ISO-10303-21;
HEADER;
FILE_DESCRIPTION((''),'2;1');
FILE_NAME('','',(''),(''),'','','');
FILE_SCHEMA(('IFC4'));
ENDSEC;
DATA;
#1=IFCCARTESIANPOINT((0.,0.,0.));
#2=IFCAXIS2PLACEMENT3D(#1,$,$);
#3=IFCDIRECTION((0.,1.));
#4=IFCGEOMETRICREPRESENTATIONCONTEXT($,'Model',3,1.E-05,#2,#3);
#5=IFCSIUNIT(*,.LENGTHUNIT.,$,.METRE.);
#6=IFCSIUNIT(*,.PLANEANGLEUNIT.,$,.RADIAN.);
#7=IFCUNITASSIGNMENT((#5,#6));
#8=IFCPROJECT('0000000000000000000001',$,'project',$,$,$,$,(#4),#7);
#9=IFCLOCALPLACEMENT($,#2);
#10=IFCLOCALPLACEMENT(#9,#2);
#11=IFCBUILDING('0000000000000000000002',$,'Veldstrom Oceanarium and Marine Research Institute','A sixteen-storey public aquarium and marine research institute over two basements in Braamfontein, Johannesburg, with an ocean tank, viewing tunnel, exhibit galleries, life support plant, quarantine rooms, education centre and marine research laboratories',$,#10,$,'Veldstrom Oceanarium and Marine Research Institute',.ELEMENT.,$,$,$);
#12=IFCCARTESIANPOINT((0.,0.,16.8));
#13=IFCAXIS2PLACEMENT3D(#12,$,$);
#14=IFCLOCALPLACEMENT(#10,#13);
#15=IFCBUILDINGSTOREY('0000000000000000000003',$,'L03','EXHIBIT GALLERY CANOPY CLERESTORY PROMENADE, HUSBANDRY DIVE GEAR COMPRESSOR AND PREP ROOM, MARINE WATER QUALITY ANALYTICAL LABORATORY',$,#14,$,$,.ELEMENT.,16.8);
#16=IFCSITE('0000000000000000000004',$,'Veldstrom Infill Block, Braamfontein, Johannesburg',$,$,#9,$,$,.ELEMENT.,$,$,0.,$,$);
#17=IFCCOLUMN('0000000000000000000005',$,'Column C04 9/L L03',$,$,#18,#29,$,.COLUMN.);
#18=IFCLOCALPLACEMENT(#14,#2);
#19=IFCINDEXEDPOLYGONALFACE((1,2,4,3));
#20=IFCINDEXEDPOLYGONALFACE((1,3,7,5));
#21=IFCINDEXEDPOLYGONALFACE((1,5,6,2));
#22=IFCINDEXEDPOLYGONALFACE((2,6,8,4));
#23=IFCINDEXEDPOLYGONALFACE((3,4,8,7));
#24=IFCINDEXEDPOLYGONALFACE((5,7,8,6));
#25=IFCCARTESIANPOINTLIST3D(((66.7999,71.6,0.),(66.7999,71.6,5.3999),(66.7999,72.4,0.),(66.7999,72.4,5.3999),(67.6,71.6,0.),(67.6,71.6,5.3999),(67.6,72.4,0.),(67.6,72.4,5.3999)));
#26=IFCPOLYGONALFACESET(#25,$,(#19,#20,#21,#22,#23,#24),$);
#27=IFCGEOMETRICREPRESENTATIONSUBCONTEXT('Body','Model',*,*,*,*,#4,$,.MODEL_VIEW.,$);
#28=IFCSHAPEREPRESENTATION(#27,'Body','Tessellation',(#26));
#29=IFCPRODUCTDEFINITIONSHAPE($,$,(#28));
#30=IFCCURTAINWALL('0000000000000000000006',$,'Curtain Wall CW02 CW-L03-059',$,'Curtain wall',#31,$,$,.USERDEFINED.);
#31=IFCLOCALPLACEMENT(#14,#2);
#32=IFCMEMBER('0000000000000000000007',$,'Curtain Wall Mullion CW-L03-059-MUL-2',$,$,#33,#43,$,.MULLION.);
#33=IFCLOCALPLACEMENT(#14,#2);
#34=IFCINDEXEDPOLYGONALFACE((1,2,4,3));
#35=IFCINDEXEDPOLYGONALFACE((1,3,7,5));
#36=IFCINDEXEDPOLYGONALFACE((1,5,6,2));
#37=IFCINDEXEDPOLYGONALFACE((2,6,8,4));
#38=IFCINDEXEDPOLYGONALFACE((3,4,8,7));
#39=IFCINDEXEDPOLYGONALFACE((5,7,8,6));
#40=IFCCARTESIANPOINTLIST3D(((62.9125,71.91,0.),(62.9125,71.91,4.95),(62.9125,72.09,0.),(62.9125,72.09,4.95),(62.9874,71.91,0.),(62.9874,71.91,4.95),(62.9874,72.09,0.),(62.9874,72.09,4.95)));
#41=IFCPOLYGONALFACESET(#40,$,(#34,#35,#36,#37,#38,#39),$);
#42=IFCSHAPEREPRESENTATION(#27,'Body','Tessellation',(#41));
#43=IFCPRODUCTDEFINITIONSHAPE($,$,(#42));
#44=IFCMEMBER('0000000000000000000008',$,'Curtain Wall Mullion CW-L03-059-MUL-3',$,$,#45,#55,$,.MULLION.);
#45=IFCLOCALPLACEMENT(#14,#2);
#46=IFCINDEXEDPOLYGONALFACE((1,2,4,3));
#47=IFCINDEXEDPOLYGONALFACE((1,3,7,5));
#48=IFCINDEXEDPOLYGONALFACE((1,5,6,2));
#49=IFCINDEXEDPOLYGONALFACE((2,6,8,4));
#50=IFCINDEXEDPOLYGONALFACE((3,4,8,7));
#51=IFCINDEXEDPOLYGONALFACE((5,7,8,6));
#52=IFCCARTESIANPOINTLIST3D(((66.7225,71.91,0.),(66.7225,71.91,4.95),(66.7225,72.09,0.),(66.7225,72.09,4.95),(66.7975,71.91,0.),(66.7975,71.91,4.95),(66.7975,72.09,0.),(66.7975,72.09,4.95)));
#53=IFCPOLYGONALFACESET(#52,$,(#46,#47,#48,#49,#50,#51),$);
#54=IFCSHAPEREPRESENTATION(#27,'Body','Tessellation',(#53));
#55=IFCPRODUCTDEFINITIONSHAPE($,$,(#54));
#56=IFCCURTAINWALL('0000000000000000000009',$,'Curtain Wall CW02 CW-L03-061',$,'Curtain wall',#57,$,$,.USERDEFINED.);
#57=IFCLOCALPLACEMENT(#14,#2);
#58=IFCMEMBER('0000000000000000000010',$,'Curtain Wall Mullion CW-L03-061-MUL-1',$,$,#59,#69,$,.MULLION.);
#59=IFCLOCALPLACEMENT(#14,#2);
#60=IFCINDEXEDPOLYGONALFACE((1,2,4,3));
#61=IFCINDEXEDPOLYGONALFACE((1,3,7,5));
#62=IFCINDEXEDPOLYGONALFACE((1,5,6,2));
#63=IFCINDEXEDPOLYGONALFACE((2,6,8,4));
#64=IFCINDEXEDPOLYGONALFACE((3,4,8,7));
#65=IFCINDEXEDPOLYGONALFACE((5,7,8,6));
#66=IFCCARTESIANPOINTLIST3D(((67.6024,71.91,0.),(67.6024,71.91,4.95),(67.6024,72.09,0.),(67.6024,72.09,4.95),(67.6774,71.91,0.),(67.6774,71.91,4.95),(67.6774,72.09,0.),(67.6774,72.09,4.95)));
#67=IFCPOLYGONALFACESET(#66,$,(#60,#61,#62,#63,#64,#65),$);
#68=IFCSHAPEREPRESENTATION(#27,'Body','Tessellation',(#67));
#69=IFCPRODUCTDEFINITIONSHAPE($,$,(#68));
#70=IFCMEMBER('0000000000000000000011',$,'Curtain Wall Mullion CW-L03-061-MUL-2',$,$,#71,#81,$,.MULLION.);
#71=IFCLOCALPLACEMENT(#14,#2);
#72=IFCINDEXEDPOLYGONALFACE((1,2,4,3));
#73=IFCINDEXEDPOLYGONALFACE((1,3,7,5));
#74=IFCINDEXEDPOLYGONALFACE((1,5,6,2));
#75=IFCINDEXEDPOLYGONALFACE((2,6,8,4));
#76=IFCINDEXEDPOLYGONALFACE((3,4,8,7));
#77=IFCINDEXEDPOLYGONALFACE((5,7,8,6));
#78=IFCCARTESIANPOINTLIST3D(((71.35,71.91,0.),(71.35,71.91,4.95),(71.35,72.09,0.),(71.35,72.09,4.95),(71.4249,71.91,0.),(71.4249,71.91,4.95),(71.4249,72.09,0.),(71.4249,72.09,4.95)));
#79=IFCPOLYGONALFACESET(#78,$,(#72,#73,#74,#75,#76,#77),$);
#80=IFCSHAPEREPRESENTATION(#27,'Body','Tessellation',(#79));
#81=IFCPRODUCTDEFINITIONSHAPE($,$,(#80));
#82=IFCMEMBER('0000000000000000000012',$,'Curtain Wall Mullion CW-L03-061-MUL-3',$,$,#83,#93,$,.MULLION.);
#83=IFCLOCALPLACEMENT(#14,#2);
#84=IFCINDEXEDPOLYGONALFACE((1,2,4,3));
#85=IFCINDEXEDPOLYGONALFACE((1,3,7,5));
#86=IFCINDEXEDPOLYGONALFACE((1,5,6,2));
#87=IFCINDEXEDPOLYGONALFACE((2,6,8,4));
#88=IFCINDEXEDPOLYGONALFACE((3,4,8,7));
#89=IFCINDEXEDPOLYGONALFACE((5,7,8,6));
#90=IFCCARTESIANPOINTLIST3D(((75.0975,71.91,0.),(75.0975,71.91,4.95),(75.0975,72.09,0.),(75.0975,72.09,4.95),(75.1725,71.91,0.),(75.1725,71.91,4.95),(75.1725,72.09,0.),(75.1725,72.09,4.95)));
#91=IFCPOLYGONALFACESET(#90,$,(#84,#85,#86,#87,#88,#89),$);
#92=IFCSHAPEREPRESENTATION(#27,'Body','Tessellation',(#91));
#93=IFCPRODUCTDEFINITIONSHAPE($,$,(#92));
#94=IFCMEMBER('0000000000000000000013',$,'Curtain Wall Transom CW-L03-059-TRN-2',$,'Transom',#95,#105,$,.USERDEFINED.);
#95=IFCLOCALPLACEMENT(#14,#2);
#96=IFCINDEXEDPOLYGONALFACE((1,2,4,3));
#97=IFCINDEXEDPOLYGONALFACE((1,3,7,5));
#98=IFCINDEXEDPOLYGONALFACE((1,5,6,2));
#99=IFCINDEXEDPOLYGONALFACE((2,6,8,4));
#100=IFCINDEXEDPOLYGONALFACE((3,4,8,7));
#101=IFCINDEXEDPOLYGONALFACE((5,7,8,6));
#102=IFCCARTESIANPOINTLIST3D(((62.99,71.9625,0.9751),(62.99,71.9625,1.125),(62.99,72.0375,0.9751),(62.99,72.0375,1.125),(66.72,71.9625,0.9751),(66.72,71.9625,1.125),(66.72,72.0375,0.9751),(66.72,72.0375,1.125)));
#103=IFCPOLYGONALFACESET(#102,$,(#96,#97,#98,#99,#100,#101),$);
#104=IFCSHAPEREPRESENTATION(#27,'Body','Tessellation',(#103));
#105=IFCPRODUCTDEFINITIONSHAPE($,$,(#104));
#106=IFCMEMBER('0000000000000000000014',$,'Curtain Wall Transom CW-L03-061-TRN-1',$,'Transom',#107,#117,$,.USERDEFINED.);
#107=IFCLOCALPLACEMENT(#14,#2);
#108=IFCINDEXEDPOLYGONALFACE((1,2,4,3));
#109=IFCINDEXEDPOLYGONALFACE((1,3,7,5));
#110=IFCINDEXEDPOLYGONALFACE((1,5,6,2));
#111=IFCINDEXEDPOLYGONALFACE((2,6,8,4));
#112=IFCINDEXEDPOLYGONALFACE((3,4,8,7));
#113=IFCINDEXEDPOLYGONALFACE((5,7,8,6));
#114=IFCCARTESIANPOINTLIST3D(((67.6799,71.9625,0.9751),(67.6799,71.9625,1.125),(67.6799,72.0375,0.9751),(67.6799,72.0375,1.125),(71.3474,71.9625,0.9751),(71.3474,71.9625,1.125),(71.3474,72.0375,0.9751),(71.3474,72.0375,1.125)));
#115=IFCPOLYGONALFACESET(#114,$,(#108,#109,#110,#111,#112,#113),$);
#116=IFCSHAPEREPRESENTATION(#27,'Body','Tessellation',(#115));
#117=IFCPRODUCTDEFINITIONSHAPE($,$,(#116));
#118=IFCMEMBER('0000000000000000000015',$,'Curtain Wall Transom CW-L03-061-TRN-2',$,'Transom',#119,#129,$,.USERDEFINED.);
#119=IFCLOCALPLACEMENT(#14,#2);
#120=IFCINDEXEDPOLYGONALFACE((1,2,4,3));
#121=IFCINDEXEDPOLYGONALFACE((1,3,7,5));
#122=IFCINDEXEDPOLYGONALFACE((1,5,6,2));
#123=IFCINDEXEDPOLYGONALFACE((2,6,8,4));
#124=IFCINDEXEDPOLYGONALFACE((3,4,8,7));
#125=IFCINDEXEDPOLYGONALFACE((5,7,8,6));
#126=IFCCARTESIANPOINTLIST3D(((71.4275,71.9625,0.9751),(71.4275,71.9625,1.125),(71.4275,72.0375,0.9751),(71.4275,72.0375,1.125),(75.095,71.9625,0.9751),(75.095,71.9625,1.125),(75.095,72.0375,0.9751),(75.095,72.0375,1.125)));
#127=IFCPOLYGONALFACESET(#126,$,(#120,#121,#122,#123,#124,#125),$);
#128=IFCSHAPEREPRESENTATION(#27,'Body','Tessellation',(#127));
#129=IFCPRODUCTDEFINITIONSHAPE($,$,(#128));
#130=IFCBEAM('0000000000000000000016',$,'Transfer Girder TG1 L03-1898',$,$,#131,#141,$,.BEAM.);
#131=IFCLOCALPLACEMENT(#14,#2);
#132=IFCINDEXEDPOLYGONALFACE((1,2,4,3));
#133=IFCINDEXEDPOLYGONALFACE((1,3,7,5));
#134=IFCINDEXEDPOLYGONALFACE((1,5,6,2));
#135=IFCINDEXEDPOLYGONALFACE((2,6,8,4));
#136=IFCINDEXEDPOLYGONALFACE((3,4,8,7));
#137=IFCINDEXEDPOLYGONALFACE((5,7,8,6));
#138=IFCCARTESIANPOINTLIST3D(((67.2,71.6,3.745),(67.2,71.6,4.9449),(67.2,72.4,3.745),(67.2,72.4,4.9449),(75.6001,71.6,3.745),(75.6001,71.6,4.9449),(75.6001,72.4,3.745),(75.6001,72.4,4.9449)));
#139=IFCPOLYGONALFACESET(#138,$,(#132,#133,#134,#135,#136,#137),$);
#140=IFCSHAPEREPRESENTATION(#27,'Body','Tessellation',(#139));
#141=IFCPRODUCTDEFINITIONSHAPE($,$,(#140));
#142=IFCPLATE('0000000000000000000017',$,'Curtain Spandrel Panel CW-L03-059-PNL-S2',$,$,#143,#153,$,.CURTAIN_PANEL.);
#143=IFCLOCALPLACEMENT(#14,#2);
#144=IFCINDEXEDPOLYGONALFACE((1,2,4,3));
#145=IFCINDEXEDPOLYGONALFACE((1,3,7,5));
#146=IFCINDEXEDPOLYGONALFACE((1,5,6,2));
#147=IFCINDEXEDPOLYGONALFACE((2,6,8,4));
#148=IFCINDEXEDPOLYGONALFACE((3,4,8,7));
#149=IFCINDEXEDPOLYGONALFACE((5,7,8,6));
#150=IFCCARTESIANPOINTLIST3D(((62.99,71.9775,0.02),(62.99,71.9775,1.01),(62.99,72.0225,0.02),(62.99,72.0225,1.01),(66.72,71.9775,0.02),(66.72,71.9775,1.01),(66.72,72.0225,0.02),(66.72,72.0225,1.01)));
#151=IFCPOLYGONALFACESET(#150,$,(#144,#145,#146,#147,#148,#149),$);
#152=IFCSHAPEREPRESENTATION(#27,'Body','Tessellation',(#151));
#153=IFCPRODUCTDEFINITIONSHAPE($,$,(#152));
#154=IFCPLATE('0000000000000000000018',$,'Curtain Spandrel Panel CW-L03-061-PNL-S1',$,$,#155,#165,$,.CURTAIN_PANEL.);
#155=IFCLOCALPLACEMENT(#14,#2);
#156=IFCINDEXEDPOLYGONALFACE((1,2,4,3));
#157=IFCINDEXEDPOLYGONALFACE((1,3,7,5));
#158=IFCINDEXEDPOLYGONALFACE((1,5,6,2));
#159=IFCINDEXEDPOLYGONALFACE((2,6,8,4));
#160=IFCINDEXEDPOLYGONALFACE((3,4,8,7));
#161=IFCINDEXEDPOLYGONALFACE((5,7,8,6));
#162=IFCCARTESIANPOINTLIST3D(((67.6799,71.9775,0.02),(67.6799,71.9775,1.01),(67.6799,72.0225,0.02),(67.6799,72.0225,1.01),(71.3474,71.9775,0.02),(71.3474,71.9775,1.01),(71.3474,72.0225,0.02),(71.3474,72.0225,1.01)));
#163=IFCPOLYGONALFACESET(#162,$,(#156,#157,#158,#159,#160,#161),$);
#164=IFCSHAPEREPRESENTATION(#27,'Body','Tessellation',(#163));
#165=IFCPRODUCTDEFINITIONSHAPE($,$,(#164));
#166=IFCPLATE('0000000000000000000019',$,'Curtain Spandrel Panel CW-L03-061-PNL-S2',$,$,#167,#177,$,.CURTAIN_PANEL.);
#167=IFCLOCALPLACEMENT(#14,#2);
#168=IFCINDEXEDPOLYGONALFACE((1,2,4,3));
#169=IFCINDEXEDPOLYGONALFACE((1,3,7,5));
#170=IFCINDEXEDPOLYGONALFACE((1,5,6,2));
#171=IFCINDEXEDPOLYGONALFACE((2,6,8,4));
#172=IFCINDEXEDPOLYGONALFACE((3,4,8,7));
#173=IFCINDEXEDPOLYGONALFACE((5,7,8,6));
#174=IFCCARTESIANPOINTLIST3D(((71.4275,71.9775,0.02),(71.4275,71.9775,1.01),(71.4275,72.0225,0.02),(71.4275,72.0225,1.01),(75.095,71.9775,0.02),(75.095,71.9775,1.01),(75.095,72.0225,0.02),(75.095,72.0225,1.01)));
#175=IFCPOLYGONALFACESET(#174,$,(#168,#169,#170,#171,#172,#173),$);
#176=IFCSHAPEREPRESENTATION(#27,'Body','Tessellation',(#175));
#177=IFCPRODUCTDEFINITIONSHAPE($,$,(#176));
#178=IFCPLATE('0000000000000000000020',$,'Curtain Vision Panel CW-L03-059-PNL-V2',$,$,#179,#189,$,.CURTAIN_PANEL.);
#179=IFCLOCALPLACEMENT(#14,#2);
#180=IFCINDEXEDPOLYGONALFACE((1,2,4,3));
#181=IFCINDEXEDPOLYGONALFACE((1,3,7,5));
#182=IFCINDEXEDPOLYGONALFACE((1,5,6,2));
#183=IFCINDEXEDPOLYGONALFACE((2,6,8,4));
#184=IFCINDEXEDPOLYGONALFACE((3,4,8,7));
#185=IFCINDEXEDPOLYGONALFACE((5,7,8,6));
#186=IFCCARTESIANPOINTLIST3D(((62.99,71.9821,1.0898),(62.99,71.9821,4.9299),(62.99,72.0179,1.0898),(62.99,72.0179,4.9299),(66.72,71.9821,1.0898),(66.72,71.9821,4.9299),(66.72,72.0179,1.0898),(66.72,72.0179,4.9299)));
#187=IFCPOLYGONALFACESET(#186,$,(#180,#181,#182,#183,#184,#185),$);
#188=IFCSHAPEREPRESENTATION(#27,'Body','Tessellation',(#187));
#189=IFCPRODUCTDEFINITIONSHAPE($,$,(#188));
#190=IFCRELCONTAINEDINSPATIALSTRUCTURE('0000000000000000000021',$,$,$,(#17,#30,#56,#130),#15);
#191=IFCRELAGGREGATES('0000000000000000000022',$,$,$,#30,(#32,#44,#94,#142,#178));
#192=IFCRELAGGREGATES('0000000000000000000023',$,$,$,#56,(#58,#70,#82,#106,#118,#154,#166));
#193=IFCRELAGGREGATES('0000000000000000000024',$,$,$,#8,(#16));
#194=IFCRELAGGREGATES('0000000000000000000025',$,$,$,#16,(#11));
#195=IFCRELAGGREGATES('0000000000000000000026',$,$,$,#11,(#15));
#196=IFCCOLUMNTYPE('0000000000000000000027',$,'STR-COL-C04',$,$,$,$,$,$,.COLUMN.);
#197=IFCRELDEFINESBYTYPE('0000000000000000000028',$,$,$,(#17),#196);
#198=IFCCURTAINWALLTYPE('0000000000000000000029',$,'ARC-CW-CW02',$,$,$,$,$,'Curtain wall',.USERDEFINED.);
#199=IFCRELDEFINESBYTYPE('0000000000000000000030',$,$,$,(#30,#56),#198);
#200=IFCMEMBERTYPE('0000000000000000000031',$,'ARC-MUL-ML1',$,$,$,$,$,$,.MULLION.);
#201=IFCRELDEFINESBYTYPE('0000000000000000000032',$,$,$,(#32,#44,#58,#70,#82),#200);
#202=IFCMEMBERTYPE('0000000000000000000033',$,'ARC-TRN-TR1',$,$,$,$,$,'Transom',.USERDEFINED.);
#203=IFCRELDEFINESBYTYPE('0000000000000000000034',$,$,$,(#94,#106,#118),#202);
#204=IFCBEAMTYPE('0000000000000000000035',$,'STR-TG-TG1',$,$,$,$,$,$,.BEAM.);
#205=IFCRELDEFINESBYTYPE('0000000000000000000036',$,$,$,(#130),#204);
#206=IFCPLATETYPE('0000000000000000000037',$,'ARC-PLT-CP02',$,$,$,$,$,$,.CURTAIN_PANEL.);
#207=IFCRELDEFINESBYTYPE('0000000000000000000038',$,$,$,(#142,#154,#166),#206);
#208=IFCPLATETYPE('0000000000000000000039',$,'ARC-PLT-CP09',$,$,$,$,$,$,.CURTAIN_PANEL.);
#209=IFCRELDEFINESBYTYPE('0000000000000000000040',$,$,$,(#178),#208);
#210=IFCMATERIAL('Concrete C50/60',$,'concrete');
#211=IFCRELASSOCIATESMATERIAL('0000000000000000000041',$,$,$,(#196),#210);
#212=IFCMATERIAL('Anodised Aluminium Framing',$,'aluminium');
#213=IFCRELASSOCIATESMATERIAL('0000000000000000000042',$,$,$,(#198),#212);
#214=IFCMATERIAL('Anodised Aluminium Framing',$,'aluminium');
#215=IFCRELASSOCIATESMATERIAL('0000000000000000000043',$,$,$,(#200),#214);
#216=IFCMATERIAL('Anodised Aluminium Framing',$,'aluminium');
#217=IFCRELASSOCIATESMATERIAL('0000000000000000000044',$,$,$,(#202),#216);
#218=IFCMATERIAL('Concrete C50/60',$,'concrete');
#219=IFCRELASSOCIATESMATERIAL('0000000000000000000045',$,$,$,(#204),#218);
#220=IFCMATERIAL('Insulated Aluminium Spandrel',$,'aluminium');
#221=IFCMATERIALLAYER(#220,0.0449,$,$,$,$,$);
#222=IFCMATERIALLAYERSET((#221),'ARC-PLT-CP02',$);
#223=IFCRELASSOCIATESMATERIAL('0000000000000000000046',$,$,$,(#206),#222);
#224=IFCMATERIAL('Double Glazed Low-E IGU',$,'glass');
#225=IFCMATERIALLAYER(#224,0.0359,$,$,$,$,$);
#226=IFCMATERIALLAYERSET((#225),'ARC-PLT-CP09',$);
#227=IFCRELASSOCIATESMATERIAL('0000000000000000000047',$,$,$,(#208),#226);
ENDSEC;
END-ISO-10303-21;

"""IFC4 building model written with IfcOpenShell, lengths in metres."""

from ifc_helpers import new_model, si_unit, direction, frame, origin, origin_2d, place, context, subcontext, project, spatial, rectangle, extrude, material, layer, layer_set, material_profile, profile_set, type_object, element, aggregate, save


model = new_model("IFC4")

# Units and contexts
model_context = context("Model", 3, precision=1e-05, world=origin(), true_north=direction((0.0, 1.0)))
body_context = subcontext(model_context, "Body", "Model", "MODEL_VIEW")
ifc_project = project(units=[si_unit("LENGTHUNIT", "METRE"), si_unit("PLANEANGLEUNIT", "RADIAN")], contexts=[model_context])

# Site, building, storey
site_placement = place(None, origin())
site = spatial("IfcSite", under=ifc_project, at=site_placement, Name="Veldstrom Infill Block, Braamfontein, Johannesburg", CompositionType="ELEMENT", RefElevation=0.0)
building_placement = place(site_placement, origin())
building = spatial("IfcBuilding", under=site, at=building_placement, Name="Veldstrom Oceanarium and Marine Research Institute", Description="A sixteen-storey public aquarium and marine research institute over two basements in Braamfontein, Johannesburg, with an ocean tank, viewing tunnel, exhibit galleries, life support plant, quarantine rooms, education centre and marine research laboratories", LongName="Veldstrom Oceanarium and Marine Research Institute", CompositionType="ELEMENT")
storey_placement = place(building_placement, frame((0.0, 0.0, 16.8)))
storey = spatial("IfcBuildingStorey", under=building, at=storey_placement, Name="L03", Description="EXHIBIT GALLERY CANOPY CLERESTORY PROMENADE, HUSBANDRY DIVE GEAR COMPRESSOR AND PREP ROOM, MARINE WATER QUALITY ANALYTICAL LABORATORY", CompositionType="ELEMENT", Elevation=16.8)

# Column
ifc_material_1 = material(Name="Concrete C50/60", Category="concrete")
ifc_material_profile_1 = material_profile(ifc_material_1, rectangle(XDim=0.8, YDim=0.8, at=origin_2d()), Name="RC-COL-800x800")
ifc_profile_set_1 = profile_set([ifc_material_profile_1], Name="Concrete C50/60")
column_type = type_object("IfcColumnType", Name="STR-COL-C04", PredefinedType="COLUMN", material=ifc_profile_set_1)
column_placement = place(storey_placement, frame((67.2, 72.0, 0.0), z_axis=(0.0, 0.0, 1.0), x_axis=(1.0, 0.0, 0.0)))
element("IfcColumn", 1, at=column_placement, inside=storey, type_object=column_type, Name="Column C04 9/L L03", PredefinedType="COLUMN", context=body_context, shape_type="SweptSolid", body=[
    extrude(rectangle(XDim=0.8, YDim=0.8, at=origin_2d()), origin(), (0.0, 0.0, 1.0), 5.3999),
])

# Curtain walls, members
ifc_material_2 = material(Name="Anodised Aluminium Framing", Category="aluminium")
curtain_wall_type = type_object("IfcCurtainWallType", Name="ARC-CW-CW02", ElementType="Curtain wall", PredefinedType="USERDEFINED", material=ifc_material_2)
curtain_wall_1_placement = place(storey_placement, origin())
curtain_wall_1 = element("IfcCurtainWall", 2, at=curtain_wall_1_placement, inside=storey, type_object=curtain_wall_type, Name="Curtain Wall CW02 CW-L03-059", ObjectType="Curtain wall", PredefinedType="USERDEFINED")
ifc_material_3 = material(Name="Anodised Aluminium Framing", Category="aluminium")
ifc_material_profile_2 = material_profile(ifc_material_3, rectangle(XDim=0.075, YDim=0.1799, at=origin_2d()), Name="ALU-MUL-75x180")
ifc_profile_set_2 = profile_set([ifc_material_profile_2], Name="Anodised Aluminium Framing")
member_type_1 = type_object("IfcMemberType", Name="ARC-MUL-ML1", PredefinedType="MULLION", material=ifc_profile_set_2)
member_1_placement = place(storey_placement, frame((62.95, 72.0, 0.0), z_axis=(0.0, 0.0, 1.0), x_axis=(1.0, 0.0, 0.0)))
member_1 = element("IfcMember", 3, at=member_1_placement, type_object=member_type_1, Name="Curtain Wall Mullion CW-L03-059-MUL-2", PredefinedType="MULLION", context=body_context, shape_type="SweptSolid", body=[
    extrude(rectangle(XDim=0.075, YDim=0.1799, at=origin_2d()), origin(), (0.0, 0.0, 1.0), 4.95),
])
member_2_placement = place(storey_placement, frame((66.76, 72.0, 0.0), z_axis=(0.0, 0.0, 1.0), x_axis=(1.0, 0.0, 0.0)))
member_2 = element("IfcMember", 4, at=member_2_placement, type_object=member_type_1, Name="Curtain Wall Mullion CW-L03-059-MUL-3", PredefinedType="MULLION", context=body_context, shape_type="SweptSolid", body=[
    extrude(rectangle(XDim=0.075, YDim=0.1799, at=origin_2d()), origin(), (0.0, 0.0, 1.0), 4.95),
])
curtain_wall_2_placement = place(storey_placement, origin())
curtain_wall_2 = element("IfcCurtainWall", 5, at=curtain_wall_2_placement, inside=storey, type_object=curtain_wall_type, Name="Curtain Wall CW02 CW-L03-061", ObjectType="Curtain wall", PredefinedType="USERDEFINED")
member_3_placement = place(storey_placement, frame((67.6399, 72.0, 0.0), z_axis=(0.0, 0.0, 1.0), x_axis=(1.0, 0.0, 0.0)))
member_3 = element("IfcMember", 6, at=member_3_placement, type_object=member_type_1, Name="Curtain Wall Mullion CW-L03-061-MUL-1", PredefinedType="MULLION", context=body_context, shape_type="SweptSolid", body=[
    extrude(rectangle(XDim=0.075, YDim=0.1799, at=origin_2d()), origin(), (0.0, 0.0, 1.0), 4.95),
])
member_4_placement = place(storey_placement, frame((71.3875, 72.0, 0.0), z_axis=(0.0, 0.0, 1.0), x_axis=(1.0, 0.0, 0.0)))
member_4 = element("IfcMember", 7, at=member_4_placement, type_object=member_type_1, Name="Curtain Wall Mullion CW-L03-061-MUL-2", PredefinedType="MULLION", context=body_context, shape_type="SweptSolid", body=[
    extrude(rectangle(XDim=0.075, YDim=0.1799, at=origin_2d()), origin(), (0.0, 0.0, 1.0), 4.95),
])
member_5_placement = place(storey_placement, frame((75.135, 72.0, 0.0), z_axis=(0.0, 0.0, 1.0), x_axis=(1.0, 0.0, 0.0)))
member_5 = element("IfcMember", 8, at=member_5_placement, type_object=member_type_1, Name="Curtain Wall Mullion CW-L03-061-MUL-3", PredefinedType="MULLION", context=body_context, shape_type="SweptSolid", body=[
    extrude(rectangle(XDim=0.075, YDim=0.1799, at=origin_2d()), origin(), (0.0, 0.0, 1.0), 4.95),
])

# Members
ifc_material_4 = material(Name="Anodised Aluminium Framing", Category="aluminium")
ifc_material_profile_3 = material_profile(ifc_material_4, rectangle(XDim=0.075, YDim=0.1499, at=origin_2d()), Name="ALU-TRN-75x150")
ifc_profile_set_3 = profile_set([ifc_material_profile_3], Name="Anodised Aluminium Framing")
member_type_2 = type_object("IfcMemberType", Name="ARC-TRN-TR1", ElementType="Transom", PredefinedType="USERDEFINED", material=ifc_profile_set_3)
member_6_placement = place(storey_placement, frame((62.99, 72.0, 1.05), z_axis=(1.0, 0.0, 0.0), x_axis=(0.0, 1.0, 0.0)))
member_6 = element("IfcMember", 9, at=member_6_placement, type_object=member_type_2, Name="Curtain Wall Transom CW-L03-059-TRN-2", ObjectType="Transom", PredefinedType="USERDEFINED", context=body_context, shape_type="SweptSolid", body=[
    extrude(rectangle(XDim=0.075, YDim=0.1499, at=origin_2d()), origin(), (0.0, 0.0, 1.0), 3.73),
])
member_7_placement = place(storey_placement, frame((67.6799, 72.0, 1.05), z_axis=(1.0, 0.0, 0.0), x_axis=(0.0, 1.0, 0.0)))
member_7 = element("IfcMember", 10, at=member_7_placement, type_object=member_type_2, Name="Curtain Wall Transom CW-L03-061-TRN-1", ObjectType="Transom", PredefinedType="USERDEFINED", context=body_context, shape_type="SweptSolid", body=[
    extrude(rectangle(XDim=0.075, YDim=0.1499, at=origin_2d()), origin(), (0.0, 0.0, 1.0), 3.6675),
])
member_8_placement = place(storey_placement, frame((71.4275, 72.0, 1.05), z_axis=(1.0, 0.0, 0.0), x_axis=(0.0, 1.0, 0.0)))
member_8 = element("IfcMember", 11, at=member_8_placement, type_object=member_type_2, Name="Curtain Wall Transom CW-L03-061-TRN-2", ObjectType="Transom", PredefinedType="USERDEFINED", context=body_context, shape_type="SweptSolid", body=[
    extrude(rectangle(XDim=0.075, YDim=0.1499, at=origin_2d()), origin(), (0.0, 0.0, 1.0), 3.6675),
])

# Beam
ifc_material_5 = material(Name="Concrete C50/60", Category="concrete")
ifc_material_profile_4 = material_profile(ifc_material_5, rectangle(XDim=0.8, YDim=1.2, at=origin_2d()), Name="RC-TG-800x1200")
ifc_profile_set_4 = profile_set([ifc_material_profile_4], Name="Concrete C50/60")
beam_type = type_object("IfcBeamType", Name="STR-TG-TG1", PredefinedType="BEAM", material=ifc_profile_set_4)
beam_placement = place(storey_placement, frame((67.2, 72.0, 4.345), z_axis=(1.0, 0.0, 0.0), x_axis=(0.0, 1.0, 0.0)))
element("IfcBeam", 12, at=beam_placement, inside=storey, type_object=beam_type, Name="Transfer Girder TG1 L03-1898", PredefinedType="BEAM", context=body_context, shape_type="SweptSolid", body=[
    extrude(rectangle(XDim=0.8, YDim=1.2, at=origin_2d()), origin(), (0.0, 0.0, 1.0), 8.4001),
])

# Plates
ifc_material_6 = material(Name="Insulated Aluminium Spandrel", Category="aluminium")
ifc_layer_1 = layer(ifc_material_6, 0.0449)
ifc_layer_set_1 = layer_set([ifc_layer_1], Name="ARC-PLT-CP02")
plate_type_1 = type_object("IfcPlateType", Name="ARC-PLT-CP02", PredefinedType="CURTAIN_PANEL", material=ifc_layer_set_1)
plate_1_placement = place(storey_placement, frame((64.855, 72.0, 0.02), z_axis=(0.0, 0.0, 1.0), x_axis=(1.0, 0.0, 0.0)))
plate_1 = element("IfcPlate", 13, at=plate_1_placement, type_object=plate_type_1, Name="Curtain Spandrel Panel CW-L03-059-PNL-S2", PredefinedType="CURTAIN_PANEL", context=body_context, shape_type="SweptSolid", body=[
    extrude(rectangle(XDim=3.73, YDim=0.0449, at=origin_2d()), origin(), (0.0, 0.0, 1.0), 0.99),
])
plate_2_placement = place(storey_placement, frame((69.5137, 72.0, 0.02), z_axis=(0.0, 0.0, 1.0), x_axis=(1.0, 0.0, 0.0)))
plate_2 = element("IfcPlate", 14, at=plate_2_placement, type_object=plate_type_1, Name="Curtain Spandrel Panel CW-L03-061-PNL-S1", PredefinedType="CURTAIN_PANEL", context=body_context, shape_type="SweptSolid", body=[
    extrude(rectangle(XDim=3.6675, YDim=0.0449, at=origin_2d()), origin(), (0.0, 0.0, 1.0), 0.99),
])
plate_3_placement = place(storey_placement, frame((73.2612, 72.0, 0.02), z_axis=(0.0, 0.0, 1.0), x_axis=(1.0, 0.0, 0.0)))
plate_3 = element("IfcPlate", 15, at=plate_3_placement, type_object=plate_type_1, Name="Curtain Spandrel Panel CW-L03-061-PNL-S2", PredefinedType="CURTAIN_PANEL", context=body_context, shape_type="SweptSolid", body=[
    extrude(rectangle(XDim=3.6675, YDim=0.0449, at=origin_2d()), origin(), (0.0, 0.0, 1.0), 0.99),
])
ifc_material_7 = material(Name="Double Glazed Low-E IGU", Category="glass")
ifc_layer_2 = layer(ifc_material_7, 0.0359)
ifc_layer_set_2 = layer_set([ifc_layer_2], Name="ARC-PLT-CP09")
plate_type_2 = type_object("IfcPlateType", Name="ARC-PLT-CP09", PredefinedType="CURTAIN_PANEL", material=ifc_layer_set_2)
plate_4_placement = place(storey_placement, frame((64.855, 72.0, 1.0898), z_axis=(0.0, 0.0, 1.0), x_axis=(1.0, 0.0, 0.0)))
plate_4 = element("IfcPlate", 16, at=plate_4_placement, type_object=plate_type_2, Name="Curtain Vision Panel CW-L03-059-PNL-V2", PredefinedType="CURTAIN_PANEL", context=body_context, shape_type="SweptSolid", body=[
    extrude(rectangle(XDim=3.73, YDim=0.0359, at=origin_2d()), origin(), (0.0, 0.0, 1.0), 3.8401),
])
aggregate(curtain_wall_1, [member_1, member_2, member_6, plate_1, plate_4])
aggregate(curtain_wall_2, [member_3, member_4, member_5, member_7, member_8, plate_2, plate_3])

save(model, "model.ifc")
